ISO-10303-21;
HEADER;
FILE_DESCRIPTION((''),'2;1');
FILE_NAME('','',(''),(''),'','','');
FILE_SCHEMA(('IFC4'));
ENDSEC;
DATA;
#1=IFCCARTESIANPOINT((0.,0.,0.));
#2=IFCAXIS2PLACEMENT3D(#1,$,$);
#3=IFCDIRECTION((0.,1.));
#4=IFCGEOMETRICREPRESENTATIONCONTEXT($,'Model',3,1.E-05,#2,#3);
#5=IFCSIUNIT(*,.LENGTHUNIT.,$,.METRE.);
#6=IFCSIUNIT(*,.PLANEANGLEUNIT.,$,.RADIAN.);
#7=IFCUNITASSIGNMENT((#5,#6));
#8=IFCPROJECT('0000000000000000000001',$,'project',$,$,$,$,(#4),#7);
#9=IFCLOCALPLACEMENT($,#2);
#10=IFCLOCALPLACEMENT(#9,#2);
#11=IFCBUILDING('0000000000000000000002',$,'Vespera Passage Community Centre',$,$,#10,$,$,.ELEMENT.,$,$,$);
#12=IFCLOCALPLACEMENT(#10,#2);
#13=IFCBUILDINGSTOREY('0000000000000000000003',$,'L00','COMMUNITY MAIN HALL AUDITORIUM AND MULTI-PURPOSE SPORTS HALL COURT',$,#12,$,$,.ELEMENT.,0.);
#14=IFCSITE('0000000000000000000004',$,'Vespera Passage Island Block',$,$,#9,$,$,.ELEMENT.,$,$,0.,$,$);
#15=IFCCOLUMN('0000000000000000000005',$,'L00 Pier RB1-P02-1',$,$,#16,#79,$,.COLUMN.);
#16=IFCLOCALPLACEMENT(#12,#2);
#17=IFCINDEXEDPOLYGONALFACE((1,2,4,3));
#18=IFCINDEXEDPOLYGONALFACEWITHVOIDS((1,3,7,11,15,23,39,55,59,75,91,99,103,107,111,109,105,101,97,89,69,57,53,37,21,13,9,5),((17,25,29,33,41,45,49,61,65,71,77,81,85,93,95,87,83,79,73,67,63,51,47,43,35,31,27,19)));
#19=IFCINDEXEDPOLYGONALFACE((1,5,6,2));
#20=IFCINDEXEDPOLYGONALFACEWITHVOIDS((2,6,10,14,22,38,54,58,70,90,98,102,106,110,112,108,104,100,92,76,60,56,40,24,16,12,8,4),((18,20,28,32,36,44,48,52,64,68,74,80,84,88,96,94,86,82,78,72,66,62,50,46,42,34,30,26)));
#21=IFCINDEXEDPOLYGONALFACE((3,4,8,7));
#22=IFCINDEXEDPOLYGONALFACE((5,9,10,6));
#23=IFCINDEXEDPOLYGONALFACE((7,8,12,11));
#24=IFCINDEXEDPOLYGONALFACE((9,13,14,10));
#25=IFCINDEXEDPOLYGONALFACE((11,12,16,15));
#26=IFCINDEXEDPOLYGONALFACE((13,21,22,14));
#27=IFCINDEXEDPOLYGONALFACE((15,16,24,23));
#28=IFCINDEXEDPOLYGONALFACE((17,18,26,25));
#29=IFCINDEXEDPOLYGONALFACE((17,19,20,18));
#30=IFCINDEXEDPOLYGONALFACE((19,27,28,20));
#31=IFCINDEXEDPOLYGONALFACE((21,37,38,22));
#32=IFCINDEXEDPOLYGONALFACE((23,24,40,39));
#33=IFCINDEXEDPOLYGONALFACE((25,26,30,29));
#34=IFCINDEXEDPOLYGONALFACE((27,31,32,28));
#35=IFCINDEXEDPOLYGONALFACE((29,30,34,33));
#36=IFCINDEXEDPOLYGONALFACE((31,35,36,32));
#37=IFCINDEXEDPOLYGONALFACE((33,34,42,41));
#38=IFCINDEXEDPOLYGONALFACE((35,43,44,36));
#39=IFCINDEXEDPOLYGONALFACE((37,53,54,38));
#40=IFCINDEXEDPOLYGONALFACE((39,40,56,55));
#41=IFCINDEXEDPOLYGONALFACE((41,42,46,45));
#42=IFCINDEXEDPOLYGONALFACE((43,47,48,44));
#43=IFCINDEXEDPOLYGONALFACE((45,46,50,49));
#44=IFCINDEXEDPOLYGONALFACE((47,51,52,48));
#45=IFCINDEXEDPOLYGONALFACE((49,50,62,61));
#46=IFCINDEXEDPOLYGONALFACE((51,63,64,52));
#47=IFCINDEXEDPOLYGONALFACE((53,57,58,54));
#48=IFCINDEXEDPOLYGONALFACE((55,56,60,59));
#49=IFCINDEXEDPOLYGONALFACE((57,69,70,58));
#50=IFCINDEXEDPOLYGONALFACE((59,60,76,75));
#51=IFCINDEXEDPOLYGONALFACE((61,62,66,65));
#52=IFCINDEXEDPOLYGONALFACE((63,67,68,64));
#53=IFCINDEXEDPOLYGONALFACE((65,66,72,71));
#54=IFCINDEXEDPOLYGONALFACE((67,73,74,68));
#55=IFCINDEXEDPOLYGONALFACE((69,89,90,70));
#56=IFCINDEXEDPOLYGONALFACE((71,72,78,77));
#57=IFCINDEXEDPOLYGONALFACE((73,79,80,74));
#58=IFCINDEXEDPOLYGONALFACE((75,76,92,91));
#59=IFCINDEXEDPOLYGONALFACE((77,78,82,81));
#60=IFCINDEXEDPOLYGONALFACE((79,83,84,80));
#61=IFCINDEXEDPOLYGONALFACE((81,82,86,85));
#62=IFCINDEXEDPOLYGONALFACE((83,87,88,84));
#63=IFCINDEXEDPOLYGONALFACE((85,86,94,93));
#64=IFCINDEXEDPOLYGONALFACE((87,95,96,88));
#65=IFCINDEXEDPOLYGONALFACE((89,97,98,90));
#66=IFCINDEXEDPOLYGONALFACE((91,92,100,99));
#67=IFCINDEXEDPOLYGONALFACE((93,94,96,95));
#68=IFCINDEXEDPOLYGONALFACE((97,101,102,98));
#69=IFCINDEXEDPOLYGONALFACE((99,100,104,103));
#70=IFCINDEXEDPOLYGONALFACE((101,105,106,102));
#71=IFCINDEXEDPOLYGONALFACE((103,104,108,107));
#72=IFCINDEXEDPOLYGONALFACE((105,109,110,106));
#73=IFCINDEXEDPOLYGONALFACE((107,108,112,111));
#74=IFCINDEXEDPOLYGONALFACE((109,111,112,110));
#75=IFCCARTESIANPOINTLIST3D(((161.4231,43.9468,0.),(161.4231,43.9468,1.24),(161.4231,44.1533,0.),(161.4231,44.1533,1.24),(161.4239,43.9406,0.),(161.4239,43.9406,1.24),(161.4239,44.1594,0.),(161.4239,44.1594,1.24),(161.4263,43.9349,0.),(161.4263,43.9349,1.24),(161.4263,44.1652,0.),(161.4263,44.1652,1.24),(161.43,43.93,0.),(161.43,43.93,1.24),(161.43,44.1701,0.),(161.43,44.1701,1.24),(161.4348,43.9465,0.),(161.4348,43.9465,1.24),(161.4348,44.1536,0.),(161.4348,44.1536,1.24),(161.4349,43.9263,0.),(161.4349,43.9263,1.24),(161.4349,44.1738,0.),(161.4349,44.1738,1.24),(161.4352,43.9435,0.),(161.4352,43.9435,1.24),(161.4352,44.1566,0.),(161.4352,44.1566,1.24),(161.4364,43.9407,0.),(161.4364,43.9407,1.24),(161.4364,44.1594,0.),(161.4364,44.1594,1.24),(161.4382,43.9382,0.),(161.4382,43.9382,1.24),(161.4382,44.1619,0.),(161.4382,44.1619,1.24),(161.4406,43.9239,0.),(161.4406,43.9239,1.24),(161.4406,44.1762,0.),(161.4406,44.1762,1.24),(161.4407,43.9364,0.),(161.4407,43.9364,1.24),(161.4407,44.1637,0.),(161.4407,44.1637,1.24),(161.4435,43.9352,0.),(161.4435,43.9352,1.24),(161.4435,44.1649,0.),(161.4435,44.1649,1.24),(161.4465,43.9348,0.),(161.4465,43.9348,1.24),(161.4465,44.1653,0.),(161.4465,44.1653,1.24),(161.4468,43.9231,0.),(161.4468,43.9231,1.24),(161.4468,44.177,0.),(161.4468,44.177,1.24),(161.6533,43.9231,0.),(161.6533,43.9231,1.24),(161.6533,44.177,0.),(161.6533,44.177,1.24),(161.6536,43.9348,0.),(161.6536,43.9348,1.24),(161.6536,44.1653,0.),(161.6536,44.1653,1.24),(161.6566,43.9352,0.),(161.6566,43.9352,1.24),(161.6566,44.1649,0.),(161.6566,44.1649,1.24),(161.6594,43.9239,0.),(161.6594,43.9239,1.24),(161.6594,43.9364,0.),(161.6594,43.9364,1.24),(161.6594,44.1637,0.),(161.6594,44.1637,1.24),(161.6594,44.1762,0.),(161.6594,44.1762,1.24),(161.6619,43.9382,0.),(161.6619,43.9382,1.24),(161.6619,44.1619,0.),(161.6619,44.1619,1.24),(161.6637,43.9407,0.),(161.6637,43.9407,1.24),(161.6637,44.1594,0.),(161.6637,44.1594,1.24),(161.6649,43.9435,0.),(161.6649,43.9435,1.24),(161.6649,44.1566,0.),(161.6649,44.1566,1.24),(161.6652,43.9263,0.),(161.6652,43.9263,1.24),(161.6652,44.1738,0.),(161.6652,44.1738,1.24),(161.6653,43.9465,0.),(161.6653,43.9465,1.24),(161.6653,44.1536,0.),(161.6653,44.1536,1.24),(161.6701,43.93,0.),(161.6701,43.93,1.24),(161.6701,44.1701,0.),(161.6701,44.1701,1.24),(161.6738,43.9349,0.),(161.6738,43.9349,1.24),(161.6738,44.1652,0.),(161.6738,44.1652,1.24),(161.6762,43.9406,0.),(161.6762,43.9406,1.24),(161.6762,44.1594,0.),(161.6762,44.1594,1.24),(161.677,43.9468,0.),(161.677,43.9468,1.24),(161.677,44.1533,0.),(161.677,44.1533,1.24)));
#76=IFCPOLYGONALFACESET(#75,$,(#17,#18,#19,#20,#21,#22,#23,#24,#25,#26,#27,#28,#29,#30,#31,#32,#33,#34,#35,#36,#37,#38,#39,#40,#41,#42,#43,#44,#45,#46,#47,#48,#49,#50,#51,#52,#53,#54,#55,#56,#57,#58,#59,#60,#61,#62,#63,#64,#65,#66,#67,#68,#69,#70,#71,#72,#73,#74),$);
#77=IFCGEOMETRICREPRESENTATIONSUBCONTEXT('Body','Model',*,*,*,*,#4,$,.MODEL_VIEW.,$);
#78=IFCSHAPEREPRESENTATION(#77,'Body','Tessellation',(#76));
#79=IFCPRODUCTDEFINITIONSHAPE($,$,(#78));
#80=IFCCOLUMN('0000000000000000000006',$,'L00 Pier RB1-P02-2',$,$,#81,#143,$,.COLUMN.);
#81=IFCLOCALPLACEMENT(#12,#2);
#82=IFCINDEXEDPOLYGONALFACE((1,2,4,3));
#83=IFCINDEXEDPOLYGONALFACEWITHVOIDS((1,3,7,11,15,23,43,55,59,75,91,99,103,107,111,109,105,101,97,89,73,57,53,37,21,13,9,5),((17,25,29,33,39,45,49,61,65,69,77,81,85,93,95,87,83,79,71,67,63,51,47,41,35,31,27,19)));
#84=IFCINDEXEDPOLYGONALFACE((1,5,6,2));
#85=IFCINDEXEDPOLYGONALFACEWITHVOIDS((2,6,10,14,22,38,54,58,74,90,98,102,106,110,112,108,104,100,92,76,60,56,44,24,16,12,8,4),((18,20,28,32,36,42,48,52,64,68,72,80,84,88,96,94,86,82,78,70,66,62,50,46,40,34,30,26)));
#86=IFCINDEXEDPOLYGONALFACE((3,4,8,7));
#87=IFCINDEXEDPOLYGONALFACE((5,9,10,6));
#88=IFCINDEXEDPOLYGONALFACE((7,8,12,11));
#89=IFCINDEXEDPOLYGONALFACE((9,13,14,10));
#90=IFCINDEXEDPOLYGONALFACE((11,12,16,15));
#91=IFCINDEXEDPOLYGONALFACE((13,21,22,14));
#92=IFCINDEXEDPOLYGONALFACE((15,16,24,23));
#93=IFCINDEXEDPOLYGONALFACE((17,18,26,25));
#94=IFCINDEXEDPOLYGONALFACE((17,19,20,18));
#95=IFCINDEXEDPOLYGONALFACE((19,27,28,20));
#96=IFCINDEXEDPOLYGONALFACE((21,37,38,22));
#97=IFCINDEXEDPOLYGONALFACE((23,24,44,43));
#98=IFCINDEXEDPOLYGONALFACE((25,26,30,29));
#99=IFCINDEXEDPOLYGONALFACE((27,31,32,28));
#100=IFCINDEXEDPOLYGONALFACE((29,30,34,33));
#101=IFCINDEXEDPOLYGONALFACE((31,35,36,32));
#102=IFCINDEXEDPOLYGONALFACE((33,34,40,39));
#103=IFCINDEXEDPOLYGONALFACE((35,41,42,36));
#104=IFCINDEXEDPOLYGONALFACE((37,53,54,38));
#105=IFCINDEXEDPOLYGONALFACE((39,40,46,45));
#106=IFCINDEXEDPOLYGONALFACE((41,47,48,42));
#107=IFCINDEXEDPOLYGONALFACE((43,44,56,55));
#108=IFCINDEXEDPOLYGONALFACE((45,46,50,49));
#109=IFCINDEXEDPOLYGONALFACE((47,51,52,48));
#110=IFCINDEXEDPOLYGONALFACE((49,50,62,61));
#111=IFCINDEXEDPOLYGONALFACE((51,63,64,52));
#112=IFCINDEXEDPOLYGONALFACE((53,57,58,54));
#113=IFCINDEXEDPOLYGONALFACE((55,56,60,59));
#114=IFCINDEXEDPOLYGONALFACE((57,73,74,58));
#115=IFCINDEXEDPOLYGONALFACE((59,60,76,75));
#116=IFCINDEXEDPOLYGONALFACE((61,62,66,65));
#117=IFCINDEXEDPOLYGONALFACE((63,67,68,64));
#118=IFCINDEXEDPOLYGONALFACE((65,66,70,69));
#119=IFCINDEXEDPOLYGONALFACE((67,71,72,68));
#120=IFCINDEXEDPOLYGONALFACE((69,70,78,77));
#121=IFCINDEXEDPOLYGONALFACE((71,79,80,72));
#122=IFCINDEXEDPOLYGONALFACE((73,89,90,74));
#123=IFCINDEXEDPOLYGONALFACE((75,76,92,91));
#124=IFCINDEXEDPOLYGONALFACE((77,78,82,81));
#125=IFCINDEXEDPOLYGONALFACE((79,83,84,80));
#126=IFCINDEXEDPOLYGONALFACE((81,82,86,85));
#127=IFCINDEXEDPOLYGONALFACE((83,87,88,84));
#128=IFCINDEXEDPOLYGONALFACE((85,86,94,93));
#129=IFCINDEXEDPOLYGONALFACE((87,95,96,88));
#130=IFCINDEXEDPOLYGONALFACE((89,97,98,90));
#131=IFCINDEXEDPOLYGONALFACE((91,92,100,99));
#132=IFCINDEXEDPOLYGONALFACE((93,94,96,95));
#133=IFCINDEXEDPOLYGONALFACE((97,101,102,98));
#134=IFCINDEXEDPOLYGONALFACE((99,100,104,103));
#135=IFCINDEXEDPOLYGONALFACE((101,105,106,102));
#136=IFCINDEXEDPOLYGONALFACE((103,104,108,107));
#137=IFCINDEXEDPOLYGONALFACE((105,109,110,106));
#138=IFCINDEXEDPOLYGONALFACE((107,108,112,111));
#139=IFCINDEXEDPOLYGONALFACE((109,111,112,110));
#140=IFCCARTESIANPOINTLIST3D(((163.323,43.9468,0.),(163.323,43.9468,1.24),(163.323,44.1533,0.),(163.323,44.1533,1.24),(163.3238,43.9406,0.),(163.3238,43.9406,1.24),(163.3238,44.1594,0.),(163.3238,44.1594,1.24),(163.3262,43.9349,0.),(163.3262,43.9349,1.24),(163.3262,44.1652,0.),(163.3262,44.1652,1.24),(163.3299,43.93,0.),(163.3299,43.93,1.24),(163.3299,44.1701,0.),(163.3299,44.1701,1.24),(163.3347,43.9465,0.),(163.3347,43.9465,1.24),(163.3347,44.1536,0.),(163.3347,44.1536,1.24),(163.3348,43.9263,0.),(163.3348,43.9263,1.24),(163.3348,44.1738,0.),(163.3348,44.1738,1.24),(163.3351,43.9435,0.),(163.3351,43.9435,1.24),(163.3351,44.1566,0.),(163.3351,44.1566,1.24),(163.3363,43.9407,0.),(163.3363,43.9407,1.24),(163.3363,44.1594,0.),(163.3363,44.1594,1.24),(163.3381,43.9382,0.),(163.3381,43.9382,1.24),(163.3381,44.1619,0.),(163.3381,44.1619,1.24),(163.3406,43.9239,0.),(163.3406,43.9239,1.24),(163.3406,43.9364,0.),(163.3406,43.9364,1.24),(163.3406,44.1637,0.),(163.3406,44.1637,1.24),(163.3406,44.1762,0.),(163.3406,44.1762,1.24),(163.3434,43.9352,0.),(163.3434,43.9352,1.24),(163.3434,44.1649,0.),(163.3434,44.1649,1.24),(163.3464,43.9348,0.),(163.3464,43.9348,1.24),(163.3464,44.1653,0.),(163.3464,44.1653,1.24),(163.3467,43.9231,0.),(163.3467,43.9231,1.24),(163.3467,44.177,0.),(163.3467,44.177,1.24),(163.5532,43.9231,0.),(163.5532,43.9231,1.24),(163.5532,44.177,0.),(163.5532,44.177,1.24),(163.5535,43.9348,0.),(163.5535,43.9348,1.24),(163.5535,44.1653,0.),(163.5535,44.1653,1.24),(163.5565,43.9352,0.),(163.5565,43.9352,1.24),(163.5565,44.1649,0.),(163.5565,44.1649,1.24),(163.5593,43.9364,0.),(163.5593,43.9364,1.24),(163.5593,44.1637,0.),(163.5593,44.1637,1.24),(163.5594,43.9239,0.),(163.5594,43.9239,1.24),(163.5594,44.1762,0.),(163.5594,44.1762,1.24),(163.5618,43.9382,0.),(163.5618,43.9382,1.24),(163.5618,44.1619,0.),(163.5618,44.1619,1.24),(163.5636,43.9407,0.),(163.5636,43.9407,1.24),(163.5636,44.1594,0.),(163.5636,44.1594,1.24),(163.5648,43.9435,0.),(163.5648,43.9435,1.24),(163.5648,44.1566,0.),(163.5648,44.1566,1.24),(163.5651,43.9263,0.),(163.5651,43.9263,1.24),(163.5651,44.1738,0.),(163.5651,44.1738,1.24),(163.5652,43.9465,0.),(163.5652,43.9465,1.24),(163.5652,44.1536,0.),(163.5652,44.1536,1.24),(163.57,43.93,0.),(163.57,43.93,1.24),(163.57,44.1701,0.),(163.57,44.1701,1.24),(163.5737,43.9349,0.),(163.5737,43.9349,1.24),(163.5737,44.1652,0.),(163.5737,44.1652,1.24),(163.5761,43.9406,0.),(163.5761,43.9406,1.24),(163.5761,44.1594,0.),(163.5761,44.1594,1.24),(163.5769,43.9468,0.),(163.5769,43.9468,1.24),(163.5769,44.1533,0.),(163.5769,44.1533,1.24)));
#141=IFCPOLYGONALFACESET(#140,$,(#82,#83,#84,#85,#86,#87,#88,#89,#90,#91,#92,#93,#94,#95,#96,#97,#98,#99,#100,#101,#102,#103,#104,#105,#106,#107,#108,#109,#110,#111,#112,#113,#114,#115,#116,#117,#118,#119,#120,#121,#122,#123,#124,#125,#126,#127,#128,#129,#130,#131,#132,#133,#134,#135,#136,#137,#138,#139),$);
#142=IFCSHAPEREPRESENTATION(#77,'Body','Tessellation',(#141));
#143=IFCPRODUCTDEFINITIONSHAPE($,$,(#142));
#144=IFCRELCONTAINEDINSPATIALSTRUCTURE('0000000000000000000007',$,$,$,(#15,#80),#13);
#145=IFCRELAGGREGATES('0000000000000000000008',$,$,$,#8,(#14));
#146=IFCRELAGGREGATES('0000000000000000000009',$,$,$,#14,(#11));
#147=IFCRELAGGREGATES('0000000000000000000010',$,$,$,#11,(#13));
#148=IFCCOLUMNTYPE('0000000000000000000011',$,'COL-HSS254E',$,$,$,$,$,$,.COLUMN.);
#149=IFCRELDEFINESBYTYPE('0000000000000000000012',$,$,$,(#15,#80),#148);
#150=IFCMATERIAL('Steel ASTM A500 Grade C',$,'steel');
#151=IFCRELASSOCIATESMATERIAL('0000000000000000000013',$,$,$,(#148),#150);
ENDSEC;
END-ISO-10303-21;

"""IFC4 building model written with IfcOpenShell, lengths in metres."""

from ifc_helpers import new_model, si_unit, direction, frame, origin, origin_2d, place, context, subcontext, project, spatial, hollow_rectangle, extrude, material, material_profile, profile_set, type_object, element, save


model = new_model("IFC4")

# Units and contexts
model_context = context("Model", 3, precision=1e-05, world=origin(), true_north=direction((0.0, 1.0)))
body_context = subcontext(model_context, "Body", "Model", "MODEL_VIEW")
ifc_project = project(units=[si_unit("LENGTHUNIT", "METRE"), si_unit("PLANEANGLEUNIT", "RADIAN")], contexts=[model_context])

# Site, building, storey
site_placement = place(None, origin())
site = spatial("IfcSite", under=ifc_project, at=site_placement, Name="Vespera Passage Island Block", CompositionType="ELEMENT", RefElevation=0.0)
building_placement = place(site_placement, origin())
building = spatial("IfcBuilding", under=site, at=building_placement, Name="Vespera Passage Community Centre", CompositionType="ELEMENT")
storey_placement = place(building_placement, origin())
storey = spatial("IfcBuildingStorey", under=building, at=storey_placement, Name="L00", Description="COMMUNITY MAIN HALL AUDITORIUM AND MULTI-PURPOSE SPORTS HALL COURT", CompositionType="ELEMENT", Elevation=0.0)

# Columns
ifc_material_1 = material(Name="Steel ASTM A500 Grade C", Category="steel")
ifc_material_profile_1 = material_profile(ifc_material_1, hollow_rectangle(XDim=0.2539, YDim=0.2539, WallThickness=0.0117, InnerFilletRadius=0.0117, OuterFilletRadius=0.0237, at=origin_2d()), Name="HSS254X254X12.7")
ifc_profile_set_1 = profile_set([ifc_material_profile_1], Name="Steel ASTM A500 Grade C")
column_type = type_object("IfcColumnType", Name="COL-HSS254E", PredefinedType="COLUMN", material=ifc_profile_set_1)
for number, where, z_axis, x_axis, name in (
    (1, (161.55, 44.05, 0.0), (0.0, 0.0, 1.0), (1.0, 0.0, 0.0), "L00 Pier RB1-P02-1"),
    (2, (163.45, 44.05, 0.0), (0.0, 0.0, 1.0), (1.0, 0.0, 0.0), "L00 Pier RB1-P02-2"),
):
    element("IfcColumn", number, at=place(storey_placement, frame(where, z_axis=z_axis, x_axis=x_axis)), inside=storey, type_object=column_type, Name=name, PredefinedType="COLUMN", context=body_context, shape_type="SweptSolid", body=[
        extrude(hollow_rectangle(XDim=0.2539, YDim=0.2539, WallThickness=0.0117, InnerFilletRadius=0.0117, OuterFilletRadius=0.0237, at=origin_2d()), origin(), (0.0, 0.0, 1.0), 1.24),
    ])

save(model, "model.ifc")
